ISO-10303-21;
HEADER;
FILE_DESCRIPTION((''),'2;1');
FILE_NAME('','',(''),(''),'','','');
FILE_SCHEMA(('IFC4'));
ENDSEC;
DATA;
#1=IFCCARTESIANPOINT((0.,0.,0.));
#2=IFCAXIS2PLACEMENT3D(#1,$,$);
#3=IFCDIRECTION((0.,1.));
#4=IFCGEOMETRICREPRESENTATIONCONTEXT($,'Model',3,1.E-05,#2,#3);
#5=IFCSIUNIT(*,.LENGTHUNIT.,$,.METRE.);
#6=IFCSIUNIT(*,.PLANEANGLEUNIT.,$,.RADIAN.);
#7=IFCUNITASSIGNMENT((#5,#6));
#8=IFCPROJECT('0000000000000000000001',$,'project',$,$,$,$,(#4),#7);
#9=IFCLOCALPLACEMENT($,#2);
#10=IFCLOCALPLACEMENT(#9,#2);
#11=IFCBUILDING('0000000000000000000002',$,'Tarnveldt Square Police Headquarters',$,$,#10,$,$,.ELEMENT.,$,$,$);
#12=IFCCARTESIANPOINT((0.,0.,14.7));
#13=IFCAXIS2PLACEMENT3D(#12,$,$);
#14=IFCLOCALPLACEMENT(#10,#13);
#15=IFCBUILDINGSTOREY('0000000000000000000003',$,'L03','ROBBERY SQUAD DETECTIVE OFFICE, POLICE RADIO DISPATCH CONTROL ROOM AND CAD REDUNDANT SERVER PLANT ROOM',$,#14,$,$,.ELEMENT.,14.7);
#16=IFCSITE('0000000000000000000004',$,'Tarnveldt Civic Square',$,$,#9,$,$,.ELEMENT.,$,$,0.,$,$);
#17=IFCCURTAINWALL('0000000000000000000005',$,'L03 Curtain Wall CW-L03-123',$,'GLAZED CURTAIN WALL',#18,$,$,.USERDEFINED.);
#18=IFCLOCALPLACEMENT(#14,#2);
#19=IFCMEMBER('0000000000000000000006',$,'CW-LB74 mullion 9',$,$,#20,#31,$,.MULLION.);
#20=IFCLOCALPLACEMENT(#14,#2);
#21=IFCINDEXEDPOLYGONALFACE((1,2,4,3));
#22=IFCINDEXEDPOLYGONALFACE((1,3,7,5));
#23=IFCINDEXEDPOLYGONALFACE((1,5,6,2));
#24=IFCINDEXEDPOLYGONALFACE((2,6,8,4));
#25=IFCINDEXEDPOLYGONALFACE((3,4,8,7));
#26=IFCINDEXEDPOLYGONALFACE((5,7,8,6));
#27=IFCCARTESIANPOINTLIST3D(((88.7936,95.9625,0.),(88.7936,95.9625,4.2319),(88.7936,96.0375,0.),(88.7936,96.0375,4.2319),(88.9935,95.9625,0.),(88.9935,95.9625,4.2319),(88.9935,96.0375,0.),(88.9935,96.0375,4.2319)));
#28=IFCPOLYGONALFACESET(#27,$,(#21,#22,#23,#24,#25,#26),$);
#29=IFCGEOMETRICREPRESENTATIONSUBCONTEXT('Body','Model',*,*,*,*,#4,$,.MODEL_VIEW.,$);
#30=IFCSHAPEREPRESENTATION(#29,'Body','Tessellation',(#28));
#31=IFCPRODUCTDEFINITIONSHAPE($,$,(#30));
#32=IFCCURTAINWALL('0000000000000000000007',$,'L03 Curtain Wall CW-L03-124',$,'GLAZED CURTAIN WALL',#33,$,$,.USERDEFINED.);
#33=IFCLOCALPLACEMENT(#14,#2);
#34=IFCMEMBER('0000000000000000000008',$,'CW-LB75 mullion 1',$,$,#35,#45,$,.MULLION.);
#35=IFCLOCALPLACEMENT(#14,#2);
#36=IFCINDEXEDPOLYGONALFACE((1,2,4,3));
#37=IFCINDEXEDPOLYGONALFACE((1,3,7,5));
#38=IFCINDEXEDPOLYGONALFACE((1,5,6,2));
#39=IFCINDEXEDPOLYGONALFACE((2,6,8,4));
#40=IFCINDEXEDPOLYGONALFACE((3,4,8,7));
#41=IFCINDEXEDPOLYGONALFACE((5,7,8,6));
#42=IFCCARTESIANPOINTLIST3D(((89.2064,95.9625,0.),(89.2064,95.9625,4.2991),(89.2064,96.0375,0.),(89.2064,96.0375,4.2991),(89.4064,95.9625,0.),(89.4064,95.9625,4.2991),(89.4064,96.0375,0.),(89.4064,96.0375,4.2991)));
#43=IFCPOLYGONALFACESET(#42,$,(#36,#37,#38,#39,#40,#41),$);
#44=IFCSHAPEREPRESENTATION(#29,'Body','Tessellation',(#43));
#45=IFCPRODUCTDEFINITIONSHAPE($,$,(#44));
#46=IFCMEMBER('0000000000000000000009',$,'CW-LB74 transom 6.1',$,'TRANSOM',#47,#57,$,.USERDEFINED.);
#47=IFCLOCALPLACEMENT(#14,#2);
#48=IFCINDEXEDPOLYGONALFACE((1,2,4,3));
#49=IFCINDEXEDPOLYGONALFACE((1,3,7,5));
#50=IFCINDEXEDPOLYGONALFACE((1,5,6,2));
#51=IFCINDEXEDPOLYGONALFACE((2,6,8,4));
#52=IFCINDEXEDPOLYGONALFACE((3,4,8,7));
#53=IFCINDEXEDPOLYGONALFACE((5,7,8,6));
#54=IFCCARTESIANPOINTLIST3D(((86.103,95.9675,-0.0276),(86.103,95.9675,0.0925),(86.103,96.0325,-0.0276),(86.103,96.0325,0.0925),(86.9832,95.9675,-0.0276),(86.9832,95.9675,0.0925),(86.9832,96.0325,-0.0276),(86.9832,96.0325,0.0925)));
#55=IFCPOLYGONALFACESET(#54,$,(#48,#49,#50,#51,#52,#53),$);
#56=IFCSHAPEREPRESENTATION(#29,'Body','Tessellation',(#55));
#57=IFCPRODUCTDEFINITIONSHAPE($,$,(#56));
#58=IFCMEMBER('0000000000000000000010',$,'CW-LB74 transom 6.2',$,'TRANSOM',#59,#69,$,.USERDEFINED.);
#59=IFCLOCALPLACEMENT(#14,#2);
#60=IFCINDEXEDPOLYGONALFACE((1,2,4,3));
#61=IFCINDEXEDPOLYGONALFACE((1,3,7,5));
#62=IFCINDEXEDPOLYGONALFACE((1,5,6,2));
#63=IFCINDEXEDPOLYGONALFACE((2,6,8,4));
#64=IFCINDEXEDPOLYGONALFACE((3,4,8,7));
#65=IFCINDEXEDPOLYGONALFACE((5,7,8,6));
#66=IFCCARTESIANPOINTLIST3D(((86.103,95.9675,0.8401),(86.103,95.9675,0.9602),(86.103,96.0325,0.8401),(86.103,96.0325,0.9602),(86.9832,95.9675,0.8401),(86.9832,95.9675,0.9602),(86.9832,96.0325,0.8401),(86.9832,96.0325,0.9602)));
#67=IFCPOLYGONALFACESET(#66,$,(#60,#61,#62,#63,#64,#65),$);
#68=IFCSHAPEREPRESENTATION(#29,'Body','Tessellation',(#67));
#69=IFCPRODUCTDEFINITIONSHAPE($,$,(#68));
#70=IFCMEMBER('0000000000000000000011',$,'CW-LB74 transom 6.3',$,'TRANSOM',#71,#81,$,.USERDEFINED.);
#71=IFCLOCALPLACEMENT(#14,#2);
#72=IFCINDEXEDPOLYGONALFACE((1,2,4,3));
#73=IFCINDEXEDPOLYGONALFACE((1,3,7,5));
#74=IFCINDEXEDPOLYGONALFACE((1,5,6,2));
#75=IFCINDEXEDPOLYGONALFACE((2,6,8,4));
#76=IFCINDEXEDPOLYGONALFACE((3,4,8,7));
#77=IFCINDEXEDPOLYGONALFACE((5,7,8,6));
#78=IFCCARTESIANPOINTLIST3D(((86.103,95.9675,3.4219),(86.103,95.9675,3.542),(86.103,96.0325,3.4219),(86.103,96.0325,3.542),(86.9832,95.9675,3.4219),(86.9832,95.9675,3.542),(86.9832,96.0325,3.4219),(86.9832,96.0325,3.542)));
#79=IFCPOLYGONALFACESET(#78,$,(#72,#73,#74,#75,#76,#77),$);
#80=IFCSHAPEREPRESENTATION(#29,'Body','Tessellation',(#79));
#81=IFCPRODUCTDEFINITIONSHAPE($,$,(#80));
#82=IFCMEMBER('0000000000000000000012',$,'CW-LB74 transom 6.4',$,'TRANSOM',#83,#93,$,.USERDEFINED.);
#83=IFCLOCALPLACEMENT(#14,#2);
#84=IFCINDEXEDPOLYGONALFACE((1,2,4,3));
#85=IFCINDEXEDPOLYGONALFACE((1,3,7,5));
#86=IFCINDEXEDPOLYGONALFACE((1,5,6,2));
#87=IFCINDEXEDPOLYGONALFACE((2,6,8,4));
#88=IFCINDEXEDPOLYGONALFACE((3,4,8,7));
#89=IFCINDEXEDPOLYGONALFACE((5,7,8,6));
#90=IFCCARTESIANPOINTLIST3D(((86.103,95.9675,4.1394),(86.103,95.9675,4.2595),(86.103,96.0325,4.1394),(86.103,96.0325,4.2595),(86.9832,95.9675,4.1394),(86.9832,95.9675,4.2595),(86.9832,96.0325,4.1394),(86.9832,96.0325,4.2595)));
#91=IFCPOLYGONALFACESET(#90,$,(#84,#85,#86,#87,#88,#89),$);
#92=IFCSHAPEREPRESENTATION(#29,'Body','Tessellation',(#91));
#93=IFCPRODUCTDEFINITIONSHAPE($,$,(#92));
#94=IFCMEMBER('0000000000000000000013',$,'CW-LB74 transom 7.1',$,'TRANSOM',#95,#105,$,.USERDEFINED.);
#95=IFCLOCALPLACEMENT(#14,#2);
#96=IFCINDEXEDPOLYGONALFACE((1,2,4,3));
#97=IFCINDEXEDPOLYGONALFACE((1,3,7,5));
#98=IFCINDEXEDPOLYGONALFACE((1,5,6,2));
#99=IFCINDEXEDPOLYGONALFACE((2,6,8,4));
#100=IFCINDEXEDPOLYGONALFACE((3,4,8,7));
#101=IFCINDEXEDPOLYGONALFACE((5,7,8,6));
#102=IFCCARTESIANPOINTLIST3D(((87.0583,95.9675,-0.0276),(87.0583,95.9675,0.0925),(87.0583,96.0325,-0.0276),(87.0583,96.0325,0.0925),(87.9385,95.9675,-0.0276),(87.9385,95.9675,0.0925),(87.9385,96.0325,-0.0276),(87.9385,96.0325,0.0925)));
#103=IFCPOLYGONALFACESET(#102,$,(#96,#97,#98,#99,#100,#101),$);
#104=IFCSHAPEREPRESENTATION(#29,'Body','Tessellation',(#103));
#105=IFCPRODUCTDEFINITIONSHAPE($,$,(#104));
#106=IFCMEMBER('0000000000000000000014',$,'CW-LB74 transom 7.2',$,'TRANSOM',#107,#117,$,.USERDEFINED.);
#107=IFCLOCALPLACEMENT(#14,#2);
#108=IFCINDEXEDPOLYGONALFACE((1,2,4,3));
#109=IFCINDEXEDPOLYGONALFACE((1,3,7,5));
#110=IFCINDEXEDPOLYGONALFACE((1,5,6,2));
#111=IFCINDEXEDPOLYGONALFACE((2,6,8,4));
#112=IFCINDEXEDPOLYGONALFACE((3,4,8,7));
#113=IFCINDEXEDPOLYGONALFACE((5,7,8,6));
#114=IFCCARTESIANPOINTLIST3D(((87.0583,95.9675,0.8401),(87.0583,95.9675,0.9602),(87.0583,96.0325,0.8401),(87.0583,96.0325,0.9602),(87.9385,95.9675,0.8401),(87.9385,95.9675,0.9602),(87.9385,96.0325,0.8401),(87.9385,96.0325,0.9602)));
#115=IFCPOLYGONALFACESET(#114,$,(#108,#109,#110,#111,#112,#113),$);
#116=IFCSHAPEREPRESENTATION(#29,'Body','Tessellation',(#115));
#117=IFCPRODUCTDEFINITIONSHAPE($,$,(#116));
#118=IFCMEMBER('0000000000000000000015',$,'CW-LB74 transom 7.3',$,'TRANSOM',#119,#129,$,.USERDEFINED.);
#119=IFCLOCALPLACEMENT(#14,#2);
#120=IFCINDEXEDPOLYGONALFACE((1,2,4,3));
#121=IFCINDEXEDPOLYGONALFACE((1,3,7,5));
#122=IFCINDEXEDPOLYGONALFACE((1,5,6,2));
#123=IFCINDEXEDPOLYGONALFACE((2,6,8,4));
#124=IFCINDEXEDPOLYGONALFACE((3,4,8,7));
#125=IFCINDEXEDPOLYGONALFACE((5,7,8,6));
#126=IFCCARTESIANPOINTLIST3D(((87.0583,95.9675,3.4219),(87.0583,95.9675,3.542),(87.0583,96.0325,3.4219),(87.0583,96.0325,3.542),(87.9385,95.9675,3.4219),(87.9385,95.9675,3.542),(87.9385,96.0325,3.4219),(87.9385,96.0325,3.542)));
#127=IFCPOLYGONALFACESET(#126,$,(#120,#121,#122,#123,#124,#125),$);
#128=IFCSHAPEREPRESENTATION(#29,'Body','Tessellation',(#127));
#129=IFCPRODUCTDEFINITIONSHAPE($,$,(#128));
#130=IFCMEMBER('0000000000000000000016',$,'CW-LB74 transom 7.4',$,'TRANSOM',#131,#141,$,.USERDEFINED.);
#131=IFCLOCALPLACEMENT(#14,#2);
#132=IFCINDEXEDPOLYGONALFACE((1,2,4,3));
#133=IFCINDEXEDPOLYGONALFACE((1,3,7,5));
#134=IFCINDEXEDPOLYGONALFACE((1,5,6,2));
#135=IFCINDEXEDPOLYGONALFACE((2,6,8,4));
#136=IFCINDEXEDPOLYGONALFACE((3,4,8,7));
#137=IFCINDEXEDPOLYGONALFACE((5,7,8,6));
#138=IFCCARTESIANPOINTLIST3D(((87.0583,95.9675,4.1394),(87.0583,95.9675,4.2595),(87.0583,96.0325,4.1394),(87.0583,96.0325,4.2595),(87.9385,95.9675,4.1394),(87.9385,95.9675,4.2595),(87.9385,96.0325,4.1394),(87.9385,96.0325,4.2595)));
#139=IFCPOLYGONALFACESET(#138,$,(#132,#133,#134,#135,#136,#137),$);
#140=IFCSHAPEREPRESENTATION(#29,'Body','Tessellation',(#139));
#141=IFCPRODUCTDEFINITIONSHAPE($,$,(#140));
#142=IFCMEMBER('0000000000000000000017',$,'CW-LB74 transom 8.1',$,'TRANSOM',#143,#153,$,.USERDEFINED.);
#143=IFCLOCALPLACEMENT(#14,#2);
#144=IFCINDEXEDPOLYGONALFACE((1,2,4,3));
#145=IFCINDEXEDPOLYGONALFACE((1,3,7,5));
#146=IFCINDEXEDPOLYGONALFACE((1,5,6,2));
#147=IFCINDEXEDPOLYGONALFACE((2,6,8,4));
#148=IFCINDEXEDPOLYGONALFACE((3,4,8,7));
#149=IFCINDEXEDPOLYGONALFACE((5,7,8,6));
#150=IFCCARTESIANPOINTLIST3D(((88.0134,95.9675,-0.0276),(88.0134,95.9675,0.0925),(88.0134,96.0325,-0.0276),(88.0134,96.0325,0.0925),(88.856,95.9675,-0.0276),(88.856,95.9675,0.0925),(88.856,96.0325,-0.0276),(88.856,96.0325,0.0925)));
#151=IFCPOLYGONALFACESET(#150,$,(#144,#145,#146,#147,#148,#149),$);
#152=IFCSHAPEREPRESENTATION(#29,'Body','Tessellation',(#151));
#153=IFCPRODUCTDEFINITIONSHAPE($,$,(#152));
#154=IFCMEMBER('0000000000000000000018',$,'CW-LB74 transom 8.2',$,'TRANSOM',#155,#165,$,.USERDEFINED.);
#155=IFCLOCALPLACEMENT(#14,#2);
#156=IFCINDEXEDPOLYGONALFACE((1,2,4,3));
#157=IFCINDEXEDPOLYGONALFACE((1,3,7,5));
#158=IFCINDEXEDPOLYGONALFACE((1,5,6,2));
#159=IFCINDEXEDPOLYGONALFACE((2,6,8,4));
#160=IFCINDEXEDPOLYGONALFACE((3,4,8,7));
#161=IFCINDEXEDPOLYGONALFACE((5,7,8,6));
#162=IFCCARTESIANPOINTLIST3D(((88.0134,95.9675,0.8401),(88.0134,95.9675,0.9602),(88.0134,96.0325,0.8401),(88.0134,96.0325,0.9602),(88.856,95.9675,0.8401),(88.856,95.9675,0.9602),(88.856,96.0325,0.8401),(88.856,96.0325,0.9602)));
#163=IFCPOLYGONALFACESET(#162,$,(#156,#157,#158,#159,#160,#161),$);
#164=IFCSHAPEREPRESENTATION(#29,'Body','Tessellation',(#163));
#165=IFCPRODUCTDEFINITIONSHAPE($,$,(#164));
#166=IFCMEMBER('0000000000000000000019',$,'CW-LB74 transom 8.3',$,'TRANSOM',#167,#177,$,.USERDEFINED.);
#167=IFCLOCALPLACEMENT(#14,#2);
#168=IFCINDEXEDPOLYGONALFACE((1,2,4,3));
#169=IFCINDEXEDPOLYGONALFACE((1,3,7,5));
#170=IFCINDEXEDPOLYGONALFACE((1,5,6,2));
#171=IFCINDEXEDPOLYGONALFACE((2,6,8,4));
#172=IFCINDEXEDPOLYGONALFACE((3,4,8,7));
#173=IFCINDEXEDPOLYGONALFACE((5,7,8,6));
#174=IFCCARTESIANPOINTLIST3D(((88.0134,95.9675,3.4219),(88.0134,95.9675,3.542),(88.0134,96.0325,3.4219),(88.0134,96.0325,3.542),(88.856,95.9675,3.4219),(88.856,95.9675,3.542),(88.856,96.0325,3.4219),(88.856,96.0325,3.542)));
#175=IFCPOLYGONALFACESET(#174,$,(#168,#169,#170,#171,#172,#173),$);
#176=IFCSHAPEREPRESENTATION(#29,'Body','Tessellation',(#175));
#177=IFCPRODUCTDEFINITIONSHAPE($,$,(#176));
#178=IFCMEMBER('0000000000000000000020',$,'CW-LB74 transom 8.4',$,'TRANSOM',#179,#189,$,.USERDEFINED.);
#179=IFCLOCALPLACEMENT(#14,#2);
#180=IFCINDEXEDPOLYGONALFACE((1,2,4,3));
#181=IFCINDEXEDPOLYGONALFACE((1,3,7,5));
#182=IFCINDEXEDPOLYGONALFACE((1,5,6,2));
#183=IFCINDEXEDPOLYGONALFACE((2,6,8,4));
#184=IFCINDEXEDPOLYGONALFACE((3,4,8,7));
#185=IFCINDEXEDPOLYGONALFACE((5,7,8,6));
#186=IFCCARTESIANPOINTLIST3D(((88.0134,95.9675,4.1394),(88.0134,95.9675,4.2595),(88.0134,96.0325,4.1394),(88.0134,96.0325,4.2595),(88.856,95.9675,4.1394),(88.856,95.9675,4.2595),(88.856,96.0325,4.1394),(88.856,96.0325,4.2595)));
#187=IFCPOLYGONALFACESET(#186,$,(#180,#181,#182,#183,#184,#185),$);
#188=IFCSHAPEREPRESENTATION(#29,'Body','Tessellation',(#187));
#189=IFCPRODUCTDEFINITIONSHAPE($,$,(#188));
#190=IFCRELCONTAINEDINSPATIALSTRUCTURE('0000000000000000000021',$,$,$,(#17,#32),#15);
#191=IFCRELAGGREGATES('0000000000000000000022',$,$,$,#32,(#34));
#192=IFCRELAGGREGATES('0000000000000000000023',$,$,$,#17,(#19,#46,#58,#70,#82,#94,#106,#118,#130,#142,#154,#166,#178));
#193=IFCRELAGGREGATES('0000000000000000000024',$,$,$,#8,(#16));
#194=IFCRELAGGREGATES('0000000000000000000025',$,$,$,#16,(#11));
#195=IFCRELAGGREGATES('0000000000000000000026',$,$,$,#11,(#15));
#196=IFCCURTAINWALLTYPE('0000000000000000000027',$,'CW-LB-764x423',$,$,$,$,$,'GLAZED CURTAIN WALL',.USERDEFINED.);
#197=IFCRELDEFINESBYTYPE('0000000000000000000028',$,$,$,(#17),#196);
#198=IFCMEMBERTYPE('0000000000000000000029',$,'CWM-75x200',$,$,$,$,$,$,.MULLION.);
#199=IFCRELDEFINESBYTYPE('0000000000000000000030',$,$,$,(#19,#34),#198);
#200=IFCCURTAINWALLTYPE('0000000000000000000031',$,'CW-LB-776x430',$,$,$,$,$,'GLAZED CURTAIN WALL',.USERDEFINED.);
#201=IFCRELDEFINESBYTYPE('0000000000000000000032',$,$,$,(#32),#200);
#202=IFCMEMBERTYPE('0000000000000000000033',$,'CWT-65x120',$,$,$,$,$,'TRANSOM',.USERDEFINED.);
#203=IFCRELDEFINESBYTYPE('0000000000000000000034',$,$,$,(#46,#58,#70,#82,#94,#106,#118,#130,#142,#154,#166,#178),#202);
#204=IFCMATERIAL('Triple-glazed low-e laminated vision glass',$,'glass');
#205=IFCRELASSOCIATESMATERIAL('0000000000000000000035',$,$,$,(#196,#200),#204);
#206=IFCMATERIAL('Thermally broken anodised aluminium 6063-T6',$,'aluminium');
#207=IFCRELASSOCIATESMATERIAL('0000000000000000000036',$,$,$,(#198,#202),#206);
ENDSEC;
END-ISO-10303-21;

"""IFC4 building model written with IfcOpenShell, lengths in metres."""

from ifc_helpers import new_model, si_unit, direction, frame, origin, origin_2d, place, context, subcontext, project, spatial, rectangle, extrude, material, material_profile, profile_set, type_object, element, aggregate, save


model = new_model("IFC4")

# Units and contexts
model_context = context("Model", 3, precision=1e-05, world=origin(), true_north=direction((0.0, 1.0)))
body_context = subcontext(model_context, "Body", "Model", "MODEL_VIEW")
ifc_project = project(units=[si_unit("LENGTHUNIT", "METRE"), si_unit("PLANEANGLEUNIT", "RADIAN")], contexts=[model_context])

# Site, building, storey
site_placement = place(None, origin())
site = spatial("IfcSite", under=ifc_project, at=site_placement, Name="Tarnveldt Civic Square", CompositionType="ELEMENT", RefElevation=0.0)
building_placement = place(site_placement, origin())
building = spatial("IfcBuilding", under=site, at=building_placement, Name="Tarnveldt Square Police Headquarters", CompositionType="ELEMENT")
storey_placement = place(building_placement, frame((0.0, 0.0, 14.7)))
storey = spatial("IfcBuildingStorey", under=building, at=storey_placement, Name="L03", Description="ROBBERY SQUAD DETECTIVE OFFICE, POLICE RADIO DISPATCH CONTROL ROOM AND CAD REDUNDANT SERVER PLANT ROOM", CompositionType="ELEMENT", Elevation=14.7)

# Curtain wall, member
ifc_material_1 = material(Name="Triple-glazed low-e laminated vision glass", Category="glass")
curtain_wall_type_1 = type_object("IfcCurtainWallType", Name="CW-LB-764x423", ElementType="GLAZED CURTAIN WALL", PredefinedType="USERDEFINED", material=ifc_material_1)
curtain_wall_1_placement = place(storey_placement, origin())
curtain_wall_1 = element("IfcCurtainWall", 1, at=curtain_wall_1_placement, inside=storey, type_object=curtain_wall_type_1, Name="L03 Curtain Wall CW-L03-123", ObjectType="GLAZED CURTAIN WALL", PredefinedType="USERDEFINED")
ifc_material_2 = material(Name="Thermally broken anodised aluminium 6063-T6", Category="aluminium")
ifc_material_profile_1 = material_profile(ifc_material_2, rectangle(XDim=0.075, YDim=0.2, at=origin_2d()), Name="CW-M75x200")
ifc_profile_set_1 = profile_set([ifc_material_profile_1], Name="Thermally broken anodised aluminium 6063-T6")
member_type_1 = type_object("IfcMemberType", Name="CWM-75x200", PredefinedType="MULLION", material=ifc_profile_set_1)
member_1_placement = place(storey_placement, frame((88.8936, 96.0, 0.0), z_axis=(0.0, 0.0, 1.0), x_axis=(0.0, 1.0, 0.0)))
member_1 = element("IfcMember", 2, at=member_1_placement, type_object=member_type_1, Name="CW-LB74 mullion 9", PredefinedType="MULLION", context=body_context, shape_type="SweptSolid", body=[
    extrude(rectangle(XDim=0.075, YDim=0.2, at=origin_2d()), origin(), (0.0, 0.0, 1.0), 4.2319),
])

# Curtain wall, member
curtain_wall_type_2 = type_object("IfcCurtainWallType", Name="CW-LB-776x430", ElementType="GLAZED CURTAIN WALL", PredefinedType="USERDEFINED", material=ifc_material_1)
curtain_wall_2_placement = place(storey_placement, origin())
curtain_wall_2 = element("IfcCurtainWall", 3, at=curtain_wall_2_placement, inside=storey, type_object=curtain_wall_type_2, Name="L03 Curtain Wall CW-L03-124", ObjectType="GLAZED CURTAIN WALL", PredefinedType="USERDEFINED")
member_2_placement = place(storey_placement, frame((89.3064, 96.0, 0.0), z_axis=(0.0, 0.0, 1.0), x_axis=(0.0, 1.0, 0.0)))
member_2 = element("IfcMember", 4, at=member_2_placement, type_object=member_type_1, Name="CW-LB75 mullion 1", PredefinedType="MULLION", context=body_context, shape_type="SweptSolid", body=[
    extrude(rectangle(XDim=0.075, YDim=0.2, at=origin_2d()), origin(), (0.0, 0.0, 1.0), 4.2991),
])
aggregate(curtain_wall_2, [member_2])

# Members
ifc_material_profile_2 = material_profile(ifc_material_2, rectangle(XDim=0.0649, YDim=0.1201, at=origin_2d()), Name="CW-T65x120")
ifc_profile_set_2 = profile_set([ifc_material_profile_2], Name="Thermally broken anodised aluminium 6063-T6")
member_type_2 = type_object("IfcMemberType", Name="CWT-65x120", ElementType="TRANSOM", PredefinedType="USERDEFINED", material=ifc_profile_set_2)
member_3_placement = place(storey_placement, frame((86.103, 96.0, 0.0325), z_axis=(1.0, 0.0, 0.0), x_axis=(0.0, 1.0, 0.0)))
member_3 = element("IfcMember", 5, at=member_3_placement, type_object=member_type_2, Name="CW-LB74 transom 6.1", ObjectType="TRANSOM", PredefinedType="USERDEFINED", context=body_context, shape_type="SweptSolid", body=[
    extrude(rectangle(XDim=0.0649, YDim=0.1201, at=origin_2d()), origin(), (0.0, 0.0, 1.0), 0.8801),
])
member_4_placement = place(storey_placement, frame((86.103, 96.0, 0.9001), z_axis=(1.0, 0.0, 0.0), x_axis=(0.0, 1.0, 0.0)))
member_4 = element("IfcMember", 6, at=member_4_placement, type_object=member_type_2, Name="CW-LB74 transom 6.2", ObjectType="TRANSOM", PredefinedType="USERDEFINED", context=body_context, shape_type="SweptSolid", body=[
    extrude(rectangle(XDim=0.0649, YDim=0.1201, at=origin_2d()), origin(), (0.0, 0.0, 1.0), 0.8801),
])
member_5_placement = place(storey_placement, frame((86.103, 96.0, 3.4819), z_axis=(1.0, 0.0, 0.0), x_axis=(0.0, 1.0, 0.0)))
member_5 = element("IfcMember", 7, at=member_5_placement, type_object=member_type_2, Name="CW-LB74 transom 6.3", ObjectType="TRANSOM", PredefinedType="USERDEFINED", context=body_context, shape_type="SweptSolid", body=[
    extrude(rectangle(XDim=0.0649, YDim=0.1201, at=origin_2d()), origin(), (0.0, 0.0, 1.0), 0.8801),
])
member_6_placement = place(storey_placement, frame((86.103, 96.0, 4.1995), z_axis=(1.0, 0.0, 0.0), x_axis=(0.0, 1.0, 0.0)))
member_6 = element("IfcMember", 8, at=member_6_placement, type_object=member_type_2, Name="CW-LB74 transom 6.4", ObjectType="TRANSOM", PredefinedType="USERDEFINED", context=body_context, shape_type="SweptSolid", body=[
    extrude(rectangle(XDim=0.0649, YDim=0.1201, at=origin_2d()), origin(), (0.0, 0.0, 1.0), 0.8801),
])
member_7_placement = place(storey_placement, frame((87.0583, 96.0, 0.0325), z_axis=(1.0, 0.0, 0.0), x_axis=(0.0, 1.0, 0.0)))
member_7 = element("IfcMember", 9, at=member_7_placement, type_object=member_type_2, Name="CW-LB74 transom 7.1", ObjectType="TRANSOM", PredefinedType="USERDEFINED", context=body_context, shape_type="SweptSolid", body=[
    extrude(rectangle(XDim=0.0649, YDim=0.1201, at=origin_2d()), origin(), (0.0, 0.0, 1.0), 0.8801),
])
member_8_placement = place(storey_placement, frame((87.0583, 96.0, 0.9001), z_axis=(1.0, 0.0, 0.0), x_axis=(0.0, 1.0, 0.0)))
member_8 = element("IfcMember", 10, at=member_8_placement, type_object=member_type_2, Name="CW-LB74 transom 7.2", ObjectType="TRANSOM", PredefinedType="USERDEFINED", context=body_context, shape_type="SweptSolid", body=[
    extrude(rectangle(XDim=0.0649, YDim=0.1201, at=origin_2d()), origin(), (0.0, 0.0, 1.0), 0.8801),
])
member_9_placement = place(storey_placement, frame((87.0583, 96.0, 3.4819), z_axis=(1.0, 0.0, 0.0), x_axis=(0.0, 1.0, 0.0)))
member_9 = element("IfcMember", 11, at=member_9_placement, type_object=member_type_2, Name="CW-LB74 transom 7.3", ObjectType="TRANSOM", PredefinedType="USERDEFINED", context=body_context, shape_type="SweptSolid", body=[
    extrude(rectangle(XDim=0.0649, YDim=0.1201, at=origin_2d()), origin(), (0.0, 0.0, 1.0), 0.8801),
])
member_10_placement = place(storey_placement, frame((87.0583, 96.0, 4.1995), z_axis=(1.0, 0.0, 0.0), x_axis=(0.0, 1.0, 0.0)))
member_10 = element("IfcMember", 12, at=member_10_placement, type_object=member_type_2, Name="CW-LB74 transom 7.4", ObjectType="TRANSOM", PredefinedType="USERDEFINED", context=body_context, shape_type="SweptSolid", body=[
    extrude(rectangle(XDim=0.0649, YDim=0.1201, at=origin_2d()), origin(), (0.0, 0.0, 1.0), 0.8801),
])
member_11_placement = place(storey_placement, frame((88.0134, 96.0, 0.0325), z_axis=(1.0, 0.0, 0.0), x_axis=(0.0, 1.0, 0.0)))
member_11 = element("IfcMember", 13, at=member_11_placement, type_object=member_type_2, Name="CW-LB74 transom 8.1", ObjectType="TRANSOM", PredefinedType="USERDEFINED", context=body_context, shape_type="SweptSolid", body=[
    extrude(rectangle(XDim=0.0649, YDim=0.1201, at=origin_2d()), origin(), (0.0, 0.0, 1.0), 0.8425),
])
member_12_placement = place(storey_placement, frame((88.0134, 96.0, 0.9001), z_axis=(1.0, 0.0, 0.0), x_axis=(0.0, 1.0, 0.0)))
member_12 = element("IfcMember", 14, at=member_12_placement, type_object=member_type_2, Name="CW-LB74 transom 8.2", ObjectType="TRANSOM", PredefinedType="USERDEFINED", context=body_context, shape_type="SweptSolid", body=[
    extrude(rectangle(XDim=0.0649, YDim=0.1201, at=origin_2d()), origin(), (0.0, 0.0, 1.0), 0.8425),
])
member_13_placement = place(storey_placement, frame((88.0134, 96.0, 3.4819), z_axis=(1.0, 0.0, 0.0), x_axis=(0.0, 1.0, 0.0)))
member_13 = element("IfcMember", 15, at=member_13_placement, type_object=member_type_2, Name="CW-LB74 transom 8.3", ObjectType="TRANSOM", PredefinedType="USERDEFINED", context=body_context, shape_type="SweptSolid", body=[
    extrude(rectangle(XDim=0.0649, YDim=0.1201, at=origin_2d()), origin(), (0.0, 0.0, 1.0), 0.8425),
])
member_14_placement = place(storey_placement, frame((88.0134, 96.0, 4.1995), z_axis=(1.0, 0.0, 0.0), x_axis=(0.0, 1.0, 0.0)))
member_14 = element("IfcMember", 16, at=member_14_placement, type_object=member_type_2, Name="CW-LB74 transom 8.4", ObjectType="TRANSOM", PredefinedType="USERDEFINED", context=body_context, shape_type="SweptSolid", body=[
    extrude(rectangle(XDim=0.0649, YDim=0.1201, at=origin_2d()), origin(), (0.0, 0.0, 1.0), 0.8425),
])

aggregate(curtain_wall_1, [member_1, member_3, member_4, member_5, member_6, member_7, member_8, member_9, member_10, member_11, member_12, member_13, member_14])

save(model, "model.ifc")
